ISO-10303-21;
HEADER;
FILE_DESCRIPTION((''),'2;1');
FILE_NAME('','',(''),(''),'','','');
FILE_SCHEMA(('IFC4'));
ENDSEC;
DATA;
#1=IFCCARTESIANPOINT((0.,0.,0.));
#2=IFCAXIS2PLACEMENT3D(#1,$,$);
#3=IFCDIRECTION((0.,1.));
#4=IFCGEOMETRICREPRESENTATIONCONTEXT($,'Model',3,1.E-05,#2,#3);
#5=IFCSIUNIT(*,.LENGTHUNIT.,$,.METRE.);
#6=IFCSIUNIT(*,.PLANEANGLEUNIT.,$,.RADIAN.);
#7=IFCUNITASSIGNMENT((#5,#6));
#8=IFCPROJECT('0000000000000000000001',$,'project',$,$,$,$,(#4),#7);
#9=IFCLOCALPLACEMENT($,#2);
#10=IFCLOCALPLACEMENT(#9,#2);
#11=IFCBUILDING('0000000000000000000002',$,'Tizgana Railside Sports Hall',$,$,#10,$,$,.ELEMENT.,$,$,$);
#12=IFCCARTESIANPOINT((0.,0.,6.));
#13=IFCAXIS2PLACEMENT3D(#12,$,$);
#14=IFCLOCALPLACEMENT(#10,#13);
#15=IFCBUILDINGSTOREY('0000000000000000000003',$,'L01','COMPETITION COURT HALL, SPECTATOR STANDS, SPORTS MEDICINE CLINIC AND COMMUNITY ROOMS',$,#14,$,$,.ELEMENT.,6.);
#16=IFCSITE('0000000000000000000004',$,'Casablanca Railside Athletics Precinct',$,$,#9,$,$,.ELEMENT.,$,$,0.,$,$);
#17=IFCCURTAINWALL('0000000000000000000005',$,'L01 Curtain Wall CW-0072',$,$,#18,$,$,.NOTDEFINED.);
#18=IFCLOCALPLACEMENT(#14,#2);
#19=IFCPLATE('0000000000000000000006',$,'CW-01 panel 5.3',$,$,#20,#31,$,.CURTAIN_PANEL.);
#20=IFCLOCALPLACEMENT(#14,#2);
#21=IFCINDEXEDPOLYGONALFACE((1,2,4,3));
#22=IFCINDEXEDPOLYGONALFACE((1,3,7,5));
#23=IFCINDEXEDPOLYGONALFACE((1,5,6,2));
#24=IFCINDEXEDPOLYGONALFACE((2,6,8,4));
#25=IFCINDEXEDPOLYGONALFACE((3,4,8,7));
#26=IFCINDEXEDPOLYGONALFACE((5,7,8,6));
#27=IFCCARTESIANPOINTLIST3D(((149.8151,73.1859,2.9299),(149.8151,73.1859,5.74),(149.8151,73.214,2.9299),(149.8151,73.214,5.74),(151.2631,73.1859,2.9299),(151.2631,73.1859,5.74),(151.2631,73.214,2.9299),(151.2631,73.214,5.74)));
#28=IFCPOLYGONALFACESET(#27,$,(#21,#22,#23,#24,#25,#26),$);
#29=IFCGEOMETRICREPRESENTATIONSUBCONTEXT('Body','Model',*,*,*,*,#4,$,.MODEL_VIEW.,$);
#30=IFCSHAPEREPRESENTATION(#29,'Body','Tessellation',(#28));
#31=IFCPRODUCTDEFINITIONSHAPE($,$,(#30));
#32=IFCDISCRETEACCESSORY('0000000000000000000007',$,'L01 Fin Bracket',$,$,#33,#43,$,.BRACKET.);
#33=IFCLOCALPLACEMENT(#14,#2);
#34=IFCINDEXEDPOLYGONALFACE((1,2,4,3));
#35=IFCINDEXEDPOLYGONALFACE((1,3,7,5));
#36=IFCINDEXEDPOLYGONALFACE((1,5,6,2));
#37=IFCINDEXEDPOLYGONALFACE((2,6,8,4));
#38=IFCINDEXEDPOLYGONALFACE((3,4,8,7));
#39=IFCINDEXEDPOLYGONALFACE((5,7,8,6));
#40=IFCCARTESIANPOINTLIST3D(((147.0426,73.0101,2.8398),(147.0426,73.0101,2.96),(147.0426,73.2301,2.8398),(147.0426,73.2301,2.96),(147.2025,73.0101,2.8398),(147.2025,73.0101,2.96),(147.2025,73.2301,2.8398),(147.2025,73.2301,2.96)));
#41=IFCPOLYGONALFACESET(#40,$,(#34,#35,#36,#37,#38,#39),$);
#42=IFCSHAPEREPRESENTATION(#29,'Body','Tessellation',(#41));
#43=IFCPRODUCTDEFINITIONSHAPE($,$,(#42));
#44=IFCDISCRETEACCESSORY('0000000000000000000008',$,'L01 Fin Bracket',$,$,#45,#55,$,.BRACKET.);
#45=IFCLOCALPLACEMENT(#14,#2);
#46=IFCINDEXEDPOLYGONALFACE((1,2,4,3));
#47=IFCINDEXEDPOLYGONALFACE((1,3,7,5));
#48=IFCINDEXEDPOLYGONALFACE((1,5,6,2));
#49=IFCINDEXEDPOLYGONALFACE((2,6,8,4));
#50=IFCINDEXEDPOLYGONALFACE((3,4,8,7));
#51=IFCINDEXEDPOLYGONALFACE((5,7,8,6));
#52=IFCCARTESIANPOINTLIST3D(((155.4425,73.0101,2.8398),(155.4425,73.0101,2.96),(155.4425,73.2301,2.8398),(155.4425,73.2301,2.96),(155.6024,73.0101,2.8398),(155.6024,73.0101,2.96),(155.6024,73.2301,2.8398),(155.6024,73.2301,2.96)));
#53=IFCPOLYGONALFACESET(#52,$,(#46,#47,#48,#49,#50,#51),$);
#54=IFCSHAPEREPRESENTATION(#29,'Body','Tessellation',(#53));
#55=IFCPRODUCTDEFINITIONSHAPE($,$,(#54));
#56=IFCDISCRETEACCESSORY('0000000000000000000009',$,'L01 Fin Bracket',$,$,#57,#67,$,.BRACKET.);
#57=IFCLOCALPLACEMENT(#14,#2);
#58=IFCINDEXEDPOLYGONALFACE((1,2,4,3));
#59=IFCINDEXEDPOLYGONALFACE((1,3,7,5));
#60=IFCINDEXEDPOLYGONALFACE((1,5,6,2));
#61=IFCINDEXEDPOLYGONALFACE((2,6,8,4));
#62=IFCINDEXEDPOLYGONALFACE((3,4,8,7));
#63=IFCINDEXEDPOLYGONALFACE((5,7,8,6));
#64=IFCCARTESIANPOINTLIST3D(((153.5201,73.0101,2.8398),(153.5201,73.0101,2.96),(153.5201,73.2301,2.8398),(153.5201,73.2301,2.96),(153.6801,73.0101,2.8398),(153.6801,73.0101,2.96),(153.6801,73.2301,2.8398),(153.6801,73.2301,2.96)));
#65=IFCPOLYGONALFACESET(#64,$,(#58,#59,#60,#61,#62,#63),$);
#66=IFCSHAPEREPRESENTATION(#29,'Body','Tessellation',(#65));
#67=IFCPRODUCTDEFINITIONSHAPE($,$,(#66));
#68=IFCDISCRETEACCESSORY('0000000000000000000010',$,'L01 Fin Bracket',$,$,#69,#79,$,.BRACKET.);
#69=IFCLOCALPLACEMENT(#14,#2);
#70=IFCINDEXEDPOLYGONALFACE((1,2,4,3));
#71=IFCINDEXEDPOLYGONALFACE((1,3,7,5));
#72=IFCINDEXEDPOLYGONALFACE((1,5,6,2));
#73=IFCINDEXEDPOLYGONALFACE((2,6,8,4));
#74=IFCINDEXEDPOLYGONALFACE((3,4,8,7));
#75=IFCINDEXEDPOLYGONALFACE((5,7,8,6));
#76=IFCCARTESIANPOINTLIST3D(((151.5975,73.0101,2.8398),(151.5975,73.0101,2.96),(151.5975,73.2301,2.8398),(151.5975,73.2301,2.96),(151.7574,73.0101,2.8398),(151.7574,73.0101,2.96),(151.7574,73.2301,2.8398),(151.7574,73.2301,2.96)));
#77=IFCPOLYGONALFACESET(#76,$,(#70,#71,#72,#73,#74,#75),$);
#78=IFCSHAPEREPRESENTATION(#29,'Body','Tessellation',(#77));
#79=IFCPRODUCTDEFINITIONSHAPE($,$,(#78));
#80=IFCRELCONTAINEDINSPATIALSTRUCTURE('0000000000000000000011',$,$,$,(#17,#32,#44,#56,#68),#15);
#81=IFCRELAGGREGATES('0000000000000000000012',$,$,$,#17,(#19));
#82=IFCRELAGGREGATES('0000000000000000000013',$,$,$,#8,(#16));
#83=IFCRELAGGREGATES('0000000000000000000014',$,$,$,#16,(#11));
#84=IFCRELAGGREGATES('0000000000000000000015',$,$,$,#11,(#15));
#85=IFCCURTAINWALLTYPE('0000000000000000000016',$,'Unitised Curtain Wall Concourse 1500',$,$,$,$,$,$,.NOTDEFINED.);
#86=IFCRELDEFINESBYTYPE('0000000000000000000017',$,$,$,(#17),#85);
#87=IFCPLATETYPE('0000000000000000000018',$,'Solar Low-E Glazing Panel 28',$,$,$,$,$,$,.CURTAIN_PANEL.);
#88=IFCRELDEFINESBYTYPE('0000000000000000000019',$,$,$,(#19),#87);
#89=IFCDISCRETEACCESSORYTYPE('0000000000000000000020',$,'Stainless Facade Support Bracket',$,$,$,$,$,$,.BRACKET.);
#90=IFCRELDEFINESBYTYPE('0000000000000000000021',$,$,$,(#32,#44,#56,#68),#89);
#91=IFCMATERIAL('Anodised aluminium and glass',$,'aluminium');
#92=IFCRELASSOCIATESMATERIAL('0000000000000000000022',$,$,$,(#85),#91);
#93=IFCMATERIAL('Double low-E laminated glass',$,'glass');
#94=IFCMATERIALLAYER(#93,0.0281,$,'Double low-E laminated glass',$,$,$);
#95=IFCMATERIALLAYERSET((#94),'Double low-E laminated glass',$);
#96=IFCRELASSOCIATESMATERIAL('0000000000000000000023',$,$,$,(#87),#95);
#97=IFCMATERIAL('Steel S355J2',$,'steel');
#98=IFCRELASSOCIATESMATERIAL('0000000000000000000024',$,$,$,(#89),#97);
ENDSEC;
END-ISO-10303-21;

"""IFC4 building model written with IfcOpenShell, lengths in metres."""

from ifc_helpers import new_model, si_unit, direction, frame, origin, origin_2d, place, context, subcontext, project, spatial, rectangle, extrude, material, layer, layer_set, type_object, element, aggregate, save


model = new_model("IFC4")

# Units and contexts
model_context = context("Model", 3, precision=1e-05, world=origin(), true_north=direction((0.0, 1.0)))
body_context = subcontext(model_context, "Body", "Model", "MODEL_VIEW")
ifc_project = project(units=[si_unit("LENGTHUNIT", "METRE"), si_unit("PLANEANGLEUNIT", "RADIAN")], contexts=[model_context])

# Site, building, storey
site_placement = place(None, origin())
site = spatial("IfcSite", under=ifc_project, at=site_placement, Name="Casablanca Railside Athletics Precinct", CompositionType="ELEMENT", RefElevation=0.0)
building_placement = place(site_placement, origin())
building = spatial("IfcBuilding", under=site, at=building_placement, Name="Tizgana Railside Sports Hall", CompositionType="ELEMENT")
storey_placement = place(building_placement, frame((0.0, 0.0, 6.0)))
storey = spatial("IfcBuildingStorey", under=building, at=storey_placement, Name="L01", Description="COMPETITION COURT HALL, SPECTATOR STANDS, SPORTS MEDICINE CLINIC AND COMMUNITY ROOMS", CompositionType="ELEMENT", Elevation=6.0)

# Curtain wall
ifc_material_1 = material(Name="Anodised aluminium and glass", Category="aluminium")
curtain_wall_type_1 = type_object("IfcCurtainWallType", Name="Unitised Curtain Wall Concourse 1500", PredefinedType="NOTDEFINED", material=ifc_material_1)
curtain_wall_1_placement = place(storey_placement, origin())
curtain_wall_1 = element("IfcCurtainWall", 1, at=curtain_wall_1_placement, inside=storey, type_object=curtain_wall_type_1, Name="L01 Curtain Wall CW-0072", PredefinedType="NOTDEFINED")

# Plate
ifc_material_2 = material(Name="Double low-E laminated glass", Category="glass")
ifc_layer_1 = layer(ifc_material_2, 0.0281, Name="Double low-E laminated glass")
ifc_layer_set_1 = layer_set([ifc_layer_1], Name="Double low-E laminated glass")
plate_type_1 = type_object("IfcPlateType", Name="Solar Low-E Glazing Panel 28", PredefinedType="CURTAIN_PANEL", material=ifc_layer_set_1)
plate_1_placement = place(storey_placement, frame((150.5391, 73.2, 2.9299), z_axis=(0.0, 0.0, 1.0), x_axis=(-1.0, 0.0, 0.0)))
plate_1 = element("IfcPlate", 2, at=plate_1_placement, type_object=plate_type_1, Name="CW-01 panel 5.3", PredefinedType="CURTAIN_PANEL", context=body_context, shape_type="SweptSolid", body=[
    extrude(rectangle(XDim=1.448, YDim=0.0281, at=origin_2d()), origin(), (0.0, 0.0, 1.0), 2.8101),
])
aggregate(curtain_wall_1, [plate_1])

# Discrete accessories
ifc_material_3 = material(Name="Steel S355J2", Category="steel")
discrete_accessory_type = type_object("IfcDiscreteAccessoryType", Name="Stainless Facade Support Bracket", PredefinedType="BRACKET", material=ifc_material_3)
for number, where, z_axis, x_axis, name in (
    (3, (147.1226, 73.1201, 2.8398), (0.0, 0.0, 1.0), (-1.0, 0.0, 0.0), "L01 Fin Bracket"),
    (4, (155.5225, 73.1201, 2.8398), (0.0, 0.0, 1.0), (-1.0, 0.0, 0.0), "L01 Fin Bracket"),
    (5, (153.6001, 73.1201, 2.8398), (0.0, 0.0, 1.0), (-1.0, 0.0, 0.0), "L01 Fin Bracket"),
    (6, (151.6775, 73.1201, 2.8398), (0.0, 0.0, 1.0), (-1.0, 0.0, 0.0), "L01 Fin Bracket"),
):
    element("IfcDiscreteAccessory", number, at=place(storey_placement, frame(where, z_axis=z_axis, x_axis=x_axis)), inside=storey, type_object=discrete_accessory_type, Name=name, PredefinedType="BRACKET", context=body_context, shape_type="SweptSolid", body=[
        extrude(rectangle(XDim=0.1599, YDim=0.22, at=origin_2d()), origin(), (0.0, 0.0, 1.0), 0.1201),
    ])

save(model, "model.ifc")
